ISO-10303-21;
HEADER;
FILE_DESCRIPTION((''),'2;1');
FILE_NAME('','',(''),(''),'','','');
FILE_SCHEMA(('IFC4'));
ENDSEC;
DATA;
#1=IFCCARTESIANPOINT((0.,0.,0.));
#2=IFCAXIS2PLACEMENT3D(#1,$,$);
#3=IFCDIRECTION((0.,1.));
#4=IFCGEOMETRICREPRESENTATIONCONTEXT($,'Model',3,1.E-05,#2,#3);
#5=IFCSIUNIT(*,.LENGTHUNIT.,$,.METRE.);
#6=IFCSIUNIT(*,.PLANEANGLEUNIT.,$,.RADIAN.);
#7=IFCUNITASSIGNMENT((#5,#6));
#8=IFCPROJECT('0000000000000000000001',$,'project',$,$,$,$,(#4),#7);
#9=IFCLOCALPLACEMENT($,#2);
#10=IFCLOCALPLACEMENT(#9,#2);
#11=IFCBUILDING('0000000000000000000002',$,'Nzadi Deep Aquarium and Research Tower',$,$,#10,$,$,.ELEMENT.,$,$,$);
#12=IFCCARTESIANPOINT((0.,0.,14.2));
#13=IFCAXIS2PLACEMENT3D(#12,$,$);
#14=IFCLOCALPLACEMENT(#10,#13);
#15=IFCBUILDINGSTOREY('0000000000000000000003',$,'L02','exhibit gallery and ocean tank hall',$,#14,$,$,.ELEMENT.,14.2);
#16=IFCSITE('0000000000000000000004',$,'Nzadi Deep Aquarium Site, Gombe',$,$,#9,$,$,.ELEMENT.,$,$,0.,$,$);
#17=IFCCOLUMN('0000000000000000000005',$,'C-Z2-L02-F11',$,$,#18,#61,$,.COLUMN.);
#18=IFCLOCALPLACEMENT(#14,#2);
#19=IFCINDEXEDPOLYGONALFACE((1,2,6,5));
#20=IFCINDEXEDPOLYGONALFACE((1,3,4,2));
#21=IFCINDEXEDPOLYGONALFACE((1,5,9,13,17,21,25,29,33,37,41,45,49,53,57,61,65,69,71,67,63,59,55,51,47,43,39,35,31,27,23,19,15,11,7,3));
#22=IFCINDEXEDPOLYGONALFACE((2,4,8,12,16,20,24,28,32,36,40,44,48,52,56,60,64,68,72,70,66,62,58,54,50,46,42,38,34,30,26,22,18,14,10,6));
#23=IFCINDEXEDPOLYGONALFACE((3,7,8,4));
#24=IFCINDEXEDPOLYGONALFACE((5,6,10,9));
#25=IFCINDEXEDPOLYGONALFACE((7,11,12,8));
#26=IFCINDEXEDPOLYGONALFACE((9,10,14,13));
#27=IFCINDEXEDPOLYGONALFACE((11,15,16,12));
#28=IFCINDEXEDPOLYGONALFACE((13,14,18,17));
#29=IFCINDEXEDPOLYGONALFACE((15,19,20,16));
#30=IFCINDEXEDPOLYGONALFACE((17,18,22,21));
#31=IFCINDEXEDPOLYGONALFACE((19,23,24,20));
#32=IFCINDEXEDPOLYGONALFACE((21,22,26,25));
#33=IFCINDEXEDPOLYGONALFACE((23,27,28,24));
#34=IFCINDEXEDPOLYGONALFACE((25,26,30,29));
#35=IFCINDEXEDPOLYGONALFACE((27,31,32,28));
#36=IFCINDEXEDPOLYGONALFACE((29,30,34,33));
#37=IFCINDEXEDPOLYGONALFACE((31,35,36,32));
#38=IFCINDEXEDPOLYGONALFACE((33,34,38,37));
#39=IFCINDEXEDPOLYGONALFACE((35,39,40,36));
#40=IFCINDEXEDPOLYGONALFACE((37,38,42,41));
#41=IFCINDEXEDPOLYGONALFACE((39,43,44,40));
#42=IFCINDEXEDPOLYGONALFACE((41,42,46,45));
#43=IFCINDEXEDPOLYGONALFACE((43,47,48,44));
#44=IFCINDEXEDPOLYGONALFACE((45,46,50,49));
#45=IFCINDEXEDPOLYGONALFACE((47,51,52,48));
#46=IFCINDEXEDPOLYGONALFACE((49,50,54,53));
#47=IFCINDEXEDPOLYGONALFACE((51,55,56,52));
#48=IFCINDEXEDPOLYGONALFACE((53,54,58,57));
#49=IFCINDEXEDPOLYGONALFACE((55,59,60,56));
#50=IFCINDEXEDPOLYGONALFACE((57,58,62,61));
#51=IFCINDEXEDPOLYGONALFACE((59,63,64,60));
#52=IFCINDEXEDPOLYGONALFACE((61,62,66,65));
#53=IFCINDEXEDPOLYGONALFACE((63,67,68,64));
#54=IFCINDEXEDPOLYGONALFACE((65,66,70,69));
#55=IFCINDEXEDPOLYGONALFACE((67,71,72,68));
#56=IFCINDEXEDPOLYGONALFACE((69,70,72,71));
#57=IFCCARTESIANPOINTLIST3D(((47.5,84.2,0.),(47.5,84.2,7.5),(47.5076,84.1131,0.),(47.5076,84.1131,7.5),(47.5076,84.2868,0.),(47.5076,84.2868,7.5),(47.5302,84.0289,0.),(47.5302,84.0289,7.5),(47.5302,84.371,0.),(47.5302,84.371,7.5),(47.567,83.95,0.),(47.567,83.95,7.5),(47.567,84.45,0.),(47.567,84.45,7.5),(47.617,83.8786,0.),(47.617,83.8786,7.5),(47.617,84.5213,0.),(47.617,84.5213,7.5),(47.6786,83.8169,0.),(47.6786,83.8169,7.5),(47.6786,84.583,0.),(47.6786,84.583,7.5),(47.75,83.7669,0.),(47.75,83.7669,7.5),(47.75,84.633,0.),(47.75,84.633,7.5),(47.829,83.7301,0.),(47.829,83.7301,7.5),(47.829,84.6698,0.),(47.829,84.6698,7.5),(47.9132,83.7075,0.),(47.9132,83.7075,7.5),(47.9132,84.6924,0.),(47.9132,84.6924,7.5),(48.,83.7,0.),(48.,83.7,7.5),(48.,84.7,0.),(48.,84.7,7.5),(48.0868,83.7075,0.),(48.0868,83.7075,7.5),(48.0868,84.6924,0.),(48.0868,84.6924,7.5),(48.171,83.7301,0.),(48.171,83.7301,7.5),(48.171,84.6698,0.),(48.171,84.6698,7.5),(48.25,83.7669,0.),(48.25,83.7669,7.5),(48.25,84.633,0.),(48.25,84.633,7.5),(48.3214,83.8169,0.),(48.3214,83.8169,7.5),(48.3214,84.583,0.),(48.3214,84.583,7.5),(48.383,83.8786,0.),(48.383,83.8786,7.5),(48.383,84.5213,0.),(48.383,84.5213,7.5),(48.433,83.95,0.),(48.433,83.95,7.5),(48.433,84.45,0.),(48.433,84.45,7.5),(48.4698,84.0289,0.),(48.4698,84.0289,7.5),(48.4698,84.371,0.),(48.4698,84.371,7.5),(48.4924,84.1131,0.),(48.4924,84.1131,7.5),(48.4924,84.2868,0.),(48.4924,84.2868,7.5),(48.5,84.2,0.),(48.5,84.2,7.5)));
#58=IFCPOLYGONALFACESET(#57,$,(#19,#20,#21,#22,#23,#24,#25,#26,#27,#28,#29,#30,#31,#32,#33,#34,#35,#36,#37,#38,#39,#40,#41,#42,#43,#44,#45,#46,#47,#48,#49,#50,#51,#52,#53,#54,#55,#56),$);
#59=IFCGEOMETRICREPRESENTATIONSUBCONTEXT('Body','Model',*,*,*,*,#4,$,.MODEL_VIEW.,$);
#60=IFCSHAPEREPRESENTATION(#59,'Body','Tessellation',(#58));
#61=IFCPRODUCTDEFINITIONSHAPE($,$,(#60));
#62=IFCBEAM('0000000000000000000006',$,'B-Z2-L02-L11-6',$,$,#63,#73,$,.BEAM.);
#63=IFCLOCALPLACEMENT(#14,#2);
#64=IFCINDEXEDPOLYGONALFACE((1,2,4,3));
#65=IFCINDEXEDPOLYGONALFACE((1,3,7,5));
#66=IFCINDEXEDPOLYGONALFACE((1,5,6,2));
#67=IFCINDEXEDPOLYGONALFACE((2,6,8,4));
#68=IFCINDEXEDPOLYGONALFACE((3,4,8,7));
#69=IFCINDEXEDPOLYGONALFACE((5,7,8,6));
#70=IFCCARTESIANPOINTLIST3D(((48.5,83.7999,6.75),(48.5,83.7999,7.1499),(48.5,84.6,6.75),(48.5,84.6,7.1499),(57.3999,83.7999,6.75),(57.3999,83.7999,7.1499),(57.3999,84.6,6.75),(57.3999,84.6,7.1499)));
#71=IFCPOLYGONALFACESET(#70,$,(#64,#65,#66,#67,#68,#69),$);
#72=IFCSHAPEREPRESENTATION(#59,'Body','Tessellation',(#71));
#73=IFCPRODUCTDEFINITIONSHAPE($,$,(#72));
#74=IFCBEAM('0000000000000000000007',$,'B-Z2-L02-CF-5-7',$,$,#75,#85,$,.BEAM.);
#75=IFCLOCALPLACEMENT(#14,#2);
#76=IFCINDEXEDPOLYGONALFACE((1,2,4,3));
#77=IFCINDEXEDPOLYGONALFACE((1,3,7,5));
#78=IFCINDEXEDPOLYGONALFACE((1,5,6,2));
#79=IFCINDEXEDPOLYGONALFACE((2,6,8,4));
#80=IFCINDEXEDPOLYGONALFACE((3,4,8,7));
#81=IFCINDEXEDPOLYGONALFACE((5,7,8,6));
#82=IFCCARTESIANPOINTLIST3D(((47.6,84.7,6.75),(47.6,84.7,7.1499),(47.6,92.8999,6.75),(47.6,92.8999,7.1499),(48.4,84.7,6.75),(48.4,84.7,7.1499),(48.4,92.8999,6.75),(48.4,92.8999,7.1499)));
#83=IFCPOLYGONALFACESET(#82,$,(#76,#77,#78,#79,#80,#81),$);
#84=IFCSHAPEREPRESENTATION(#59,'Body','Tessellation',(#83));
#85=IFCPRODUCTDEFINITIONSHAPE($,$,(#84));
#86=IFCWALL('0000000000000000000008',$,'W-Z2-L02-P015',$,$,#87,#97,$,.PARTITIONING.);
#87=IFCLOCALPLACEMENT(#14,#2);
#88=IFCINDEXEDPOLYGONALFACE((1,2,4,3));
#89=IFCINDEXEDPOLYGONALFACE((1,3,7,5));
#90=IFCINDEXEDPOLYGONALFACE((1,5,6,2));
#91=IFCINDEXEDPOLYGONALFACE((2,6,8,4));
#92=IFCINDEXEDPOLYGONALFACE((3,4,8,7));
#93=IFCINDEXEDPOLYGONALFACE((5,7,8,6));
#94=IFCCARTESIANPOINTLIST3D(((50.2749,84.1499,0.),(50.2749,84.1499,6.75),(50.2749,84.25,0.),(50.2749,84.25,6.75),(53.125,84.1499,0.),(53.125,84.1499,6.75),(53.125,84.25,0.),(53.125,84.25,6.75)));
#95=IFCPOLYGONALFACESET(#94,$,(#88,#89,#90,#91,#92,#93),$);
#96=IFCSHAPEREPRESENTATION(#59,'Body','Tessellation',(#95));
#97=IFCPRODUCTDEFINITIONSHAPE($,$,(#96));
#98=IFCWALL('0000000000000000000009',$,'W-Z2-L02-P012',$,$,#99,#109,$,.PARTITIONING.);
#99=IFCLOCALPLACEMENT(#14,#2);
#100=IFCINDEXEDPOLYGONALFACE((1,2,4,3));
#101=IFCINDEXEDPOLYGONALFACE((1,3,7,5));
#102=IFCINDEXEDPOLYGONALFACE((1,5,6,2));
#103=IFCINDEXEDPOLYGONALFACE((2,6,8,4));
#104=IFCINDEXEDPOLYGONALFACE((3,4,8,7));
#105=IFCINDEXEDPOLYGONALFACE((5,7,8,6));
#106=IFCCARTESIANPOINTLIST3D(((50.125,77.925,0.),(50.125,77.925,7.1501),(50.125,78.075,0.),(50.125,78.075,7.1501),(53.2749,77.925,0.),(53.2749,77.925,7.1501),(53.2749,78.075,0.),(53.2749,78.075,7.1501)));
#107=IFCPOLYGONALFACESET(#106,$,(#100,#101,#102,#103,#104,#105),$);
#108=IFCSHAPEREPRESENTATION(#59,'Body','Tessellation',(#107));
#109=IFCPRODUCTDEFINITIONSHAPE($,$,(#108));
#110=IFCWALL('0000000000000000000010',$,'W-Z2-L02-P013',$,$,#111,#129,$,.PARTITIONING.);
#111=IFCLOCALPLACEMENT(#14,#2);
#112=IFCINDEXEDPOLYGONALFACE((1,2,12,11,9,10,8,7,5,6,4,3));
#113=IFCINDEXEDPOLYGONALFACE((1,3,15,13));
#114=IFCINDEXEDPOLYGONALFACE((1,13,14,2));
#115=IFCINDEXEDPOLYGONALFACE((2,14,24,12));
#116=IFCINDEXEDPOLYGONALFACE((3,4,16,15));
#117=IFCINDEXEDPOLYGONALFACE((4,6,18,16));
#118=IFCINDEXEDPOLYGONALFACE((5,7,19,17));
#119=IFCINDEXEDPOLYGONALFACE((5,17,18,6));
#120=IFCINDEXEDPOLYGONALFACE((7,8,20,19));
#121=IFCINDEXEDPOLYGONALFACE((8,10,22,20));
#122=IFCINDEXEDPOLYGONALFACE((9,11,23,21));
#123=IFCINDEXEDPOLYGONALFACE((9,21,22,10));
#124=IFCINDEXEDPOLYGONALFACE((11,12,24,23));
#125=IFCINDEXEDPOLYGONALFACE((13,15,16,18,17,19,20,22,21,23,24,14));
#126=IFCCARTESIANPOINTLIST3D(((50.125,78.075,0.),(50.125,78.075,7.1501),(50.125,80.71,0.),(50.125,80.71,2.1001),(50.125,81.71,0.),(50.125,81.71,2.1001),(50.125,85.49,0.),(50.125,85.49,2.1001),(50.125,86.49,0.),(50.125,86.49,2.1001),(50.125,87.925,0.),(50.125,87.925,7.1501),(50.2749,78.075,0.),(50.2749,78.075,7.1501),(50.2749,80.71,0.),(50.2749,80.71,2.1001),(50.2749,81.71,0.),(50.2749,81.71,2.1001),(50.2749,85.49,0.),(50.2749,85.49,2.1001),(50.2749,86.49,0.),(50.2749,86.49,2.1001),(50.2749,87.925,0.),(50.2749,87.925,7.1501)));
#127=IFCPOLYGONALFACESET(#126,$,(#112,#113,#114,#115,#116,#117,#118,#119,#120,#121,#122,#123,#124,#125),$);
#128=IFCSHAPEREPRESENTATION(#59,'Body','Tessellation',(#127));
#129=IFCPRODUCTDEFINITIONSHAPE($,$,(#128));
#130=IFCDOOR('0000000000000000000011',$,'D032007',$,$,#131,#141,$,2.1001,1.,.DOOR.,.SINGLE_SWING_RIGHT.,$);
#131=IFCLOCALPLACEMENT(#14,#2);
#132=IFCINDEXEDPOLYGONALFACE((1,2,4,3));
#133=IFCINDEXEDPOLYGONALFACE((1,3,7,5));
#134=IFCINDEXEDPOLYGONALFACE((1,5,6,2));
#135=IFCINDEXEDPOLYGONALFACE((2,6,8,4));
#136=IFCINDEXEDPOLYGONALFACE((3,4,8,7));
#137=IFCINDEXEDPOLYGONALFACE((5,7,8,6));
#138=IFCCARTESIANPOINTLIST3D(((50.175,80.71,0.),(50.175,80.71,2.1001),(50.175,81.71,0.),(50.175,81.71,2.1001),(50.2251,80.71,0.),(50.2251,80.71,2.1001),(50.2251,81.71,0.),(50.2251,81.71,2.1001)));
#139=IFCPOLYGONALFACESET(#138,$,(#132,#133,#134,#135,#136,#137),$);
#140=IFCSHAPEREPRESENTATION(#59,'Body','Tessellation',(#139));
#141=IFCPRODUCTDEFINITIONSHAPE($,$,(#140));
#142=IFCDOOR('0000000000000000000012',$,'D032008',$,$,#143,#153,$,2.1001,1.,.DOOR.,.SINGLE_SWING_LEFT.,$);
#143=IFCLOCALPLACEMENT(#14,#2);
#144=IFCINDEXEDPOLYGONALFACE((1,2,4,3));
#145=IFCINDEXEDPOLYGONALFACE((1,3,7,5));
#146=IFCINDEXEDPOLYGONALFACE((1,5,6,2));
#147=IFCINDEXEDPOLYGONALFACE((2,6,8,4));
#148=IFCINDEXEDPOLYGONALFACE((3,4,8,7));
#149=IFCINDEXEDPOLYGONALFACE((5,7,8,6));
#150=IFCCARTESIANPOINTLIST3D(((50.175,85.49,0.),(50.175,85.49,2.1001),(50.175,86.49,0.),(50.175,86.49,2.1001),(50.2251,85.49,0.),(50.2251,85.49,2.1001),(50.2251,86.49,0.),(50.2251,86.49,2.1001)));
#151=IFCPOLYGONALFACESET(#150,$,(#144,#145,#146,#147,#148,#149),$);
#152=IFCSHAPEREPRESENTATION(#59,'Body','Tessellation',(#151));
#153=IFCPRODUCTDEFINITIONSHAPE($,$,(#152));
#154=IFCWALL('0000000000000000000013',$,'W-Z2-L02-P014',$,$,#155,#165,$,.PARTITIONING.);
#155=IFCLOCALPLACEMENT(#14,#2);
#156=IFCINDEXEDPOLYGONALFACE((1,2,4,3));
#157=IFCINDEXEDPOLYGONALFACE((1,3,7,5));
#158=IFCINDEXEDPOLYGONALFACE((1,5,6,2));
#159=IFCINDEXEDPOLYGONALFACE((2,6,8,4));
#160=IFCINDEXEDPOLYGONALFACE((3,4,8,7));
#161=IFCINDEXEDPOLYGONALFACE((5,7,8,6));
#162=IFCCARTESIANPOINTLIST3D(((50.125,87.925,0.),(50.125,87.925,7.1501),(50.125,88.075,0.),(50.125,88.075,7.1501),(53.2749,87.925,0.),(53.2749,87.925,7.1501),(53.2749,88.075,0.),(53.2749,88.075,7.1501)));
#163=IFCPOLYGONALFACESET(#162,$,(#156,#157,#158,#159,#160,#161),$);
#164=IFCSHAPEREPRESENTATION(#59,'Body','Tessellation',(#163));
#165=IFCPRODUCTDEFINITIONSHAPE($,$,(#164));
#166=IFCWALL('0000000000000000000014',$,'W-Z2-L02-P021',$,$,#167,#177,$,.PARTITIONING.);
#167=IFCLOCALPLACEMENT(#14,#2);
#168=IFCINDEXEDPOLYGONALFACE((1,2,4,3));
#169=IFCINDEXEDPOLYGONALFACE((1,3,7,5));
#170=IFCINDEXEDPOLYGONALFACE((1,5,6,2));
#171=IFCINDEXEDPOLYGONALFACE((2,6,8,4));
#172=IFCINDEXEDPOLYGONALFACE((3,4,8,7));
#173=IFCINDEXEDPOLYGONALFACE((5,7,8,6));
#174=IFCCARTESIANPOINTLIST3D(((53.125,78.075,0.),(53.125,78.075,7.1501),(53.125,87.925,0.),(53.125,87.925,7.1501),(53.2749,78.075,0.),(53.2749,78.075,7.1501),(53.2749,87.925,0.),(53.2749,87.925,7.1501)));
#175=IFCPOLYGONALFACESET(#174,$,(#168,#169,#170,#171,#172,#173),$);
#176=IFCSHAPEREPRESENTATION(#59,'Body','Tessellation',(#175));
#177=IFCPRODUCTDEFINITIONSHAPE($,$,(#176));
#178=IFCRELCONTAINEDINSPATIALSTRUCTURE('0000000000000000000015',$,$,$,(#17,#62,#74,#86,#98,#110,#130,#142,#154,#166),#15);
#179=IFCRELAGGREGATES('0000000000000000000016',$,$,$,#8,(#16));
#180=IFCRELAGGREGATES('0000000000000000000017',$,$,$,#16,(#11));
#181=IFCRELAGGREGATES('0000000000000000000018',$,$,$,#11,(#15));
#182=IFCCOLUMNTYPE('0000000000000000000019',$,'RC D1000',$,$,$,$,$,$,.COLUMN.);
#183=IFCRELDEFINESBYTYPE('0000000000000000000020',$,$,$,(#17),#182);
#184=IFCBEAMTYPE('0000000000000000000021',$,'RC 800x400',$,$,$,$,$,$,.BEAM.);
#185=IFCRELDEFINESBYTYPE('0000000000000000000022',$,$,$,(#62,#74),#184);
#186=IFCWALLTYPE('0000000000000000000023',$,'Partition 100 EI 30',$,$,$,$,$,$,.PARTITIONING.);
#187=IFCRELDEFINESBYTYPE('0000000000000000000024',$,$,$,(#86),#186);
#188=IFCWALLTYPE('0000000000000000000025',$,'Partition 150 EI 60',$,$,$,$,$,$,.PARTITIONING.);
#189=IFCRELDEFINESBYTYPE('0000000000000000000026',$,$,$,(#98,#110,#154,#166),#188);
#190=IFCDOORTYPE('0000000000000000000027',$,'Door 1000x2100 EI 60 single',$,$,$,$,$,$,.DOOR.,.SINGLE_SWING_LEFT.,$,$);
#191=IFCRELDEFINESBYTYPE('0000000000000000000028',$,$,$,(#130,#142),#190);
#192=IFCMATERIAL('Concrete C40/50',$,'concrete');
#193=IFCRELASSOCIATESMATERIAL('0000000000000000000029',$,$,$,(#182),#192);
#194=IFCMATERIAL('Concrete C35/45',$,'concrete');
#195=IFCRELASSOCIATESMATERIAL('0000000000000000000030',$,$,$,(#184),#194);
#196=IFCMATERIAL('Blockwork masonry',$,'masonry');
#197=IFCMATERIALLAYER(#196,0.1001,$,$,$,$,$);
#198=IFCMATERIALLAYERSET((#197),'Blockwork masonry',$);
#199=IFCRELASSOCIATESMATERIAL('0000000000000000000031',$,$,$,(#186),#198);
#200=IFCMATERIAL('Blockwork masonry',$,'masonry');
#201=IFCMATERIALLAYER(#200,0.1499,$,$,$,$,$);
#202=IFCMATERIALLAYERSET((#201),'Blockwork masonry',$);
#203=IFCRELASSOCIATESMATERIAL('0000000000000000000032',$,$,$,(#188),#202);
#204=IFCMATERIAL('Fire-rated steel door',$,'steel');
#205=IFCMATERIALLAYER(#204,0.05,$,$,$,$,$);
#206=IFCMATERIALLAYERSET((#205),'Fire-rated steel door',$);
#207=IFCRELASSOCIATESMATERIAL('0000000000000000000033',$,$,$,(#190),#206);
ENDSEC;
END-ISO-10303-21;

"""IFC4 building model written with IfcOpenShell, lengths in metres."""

from ifc_helpers import new_model, si_unit, direction, frame, frame_2d, origin, origin_2d, place, context, subcontext, project, spatial, rectangle, circle, extrude, material, layer, layer_set, material_profile, profile_set, type_object, element, fill, save


model = new_model("IFC4")

# Units and contexts
model_context = context("Model", 3, precision=1e-05, world=origin(), true_north=direction((0.0, 1.0)))
body_context = subcontext(model_context, "Body", "Model", "MODEL_VIEW")
ifc_project = project(units=[si_unit("LENGTHUNIT", "METRE"), si_unit("PLANEANGLEUNIT", "RADIAN")], contexts=[model_context])

# Site, building, storey
site_placement = place(None, origin())
site = spatial("IfcSite", under=ifc_project, at=site_placement, Name="Nzadi Deep Aquarium Site, Gombe", CompositionType="ELEMENT", RefElevation=0.0)
building_placement = place(site_placement, origin())
building = spatial("IfcBuilding", under=site, at=building_placement, Name="Nzadi Deep Aquarium and Research Tower", CompositionType="ELEMENT")
storey_placement = place(building_placement, frame((0.0, 0.0, 14.2)))
storey = spatial("IfcBuildingStorey", under=building, at=storey_placement, Name="L02", Description="exhibit gallery and ocean tank hall", CompositionType="ELEMENT", Elevation=14.2)

# Column
ifc_material_1 = material(Name="Concrete C40/50", Category="concrete")
ifc_material_profile_1 = material_profile(ifc_material_1, circle(Radius=0.5, at=origin_2d()))
ifc_profile_set_1 = profile_set([ifc_material_profile_1], Name="Concrete C40/50")
column_type = type_object("IfcColumnType", Name="RC D1000", PredefinedType="COLUMN", material=ifc_profile_set_1)
column_placement = place(storey_placement, frame((48.0, 84.2, 0.0), z_axis=(0.0, 0.0, 1.0), x_axis=(1.0, 0.0, 0.0)))
element("IfcColumn", 1, at=column_placement, inside=storey, type_object=column_type, Name="C-Z2-L02-F11", PredefinedType="COLUMN", context=body_context, shape_type="SweptSolid", body=[
    extrude(circle(Radius=0.5, at=origin_2d()), origin(), (0.0, 0.0, 1.0), 7.5),
])

# Beams
ifc_material_2 = material(Name="Concrete C35/45", Category="concrete")
ifc_material_profile_2 = material_profile(ifc_material_2, rectangle(XDim=0.8, YDim=0.3999, at=origin_2d()))
ifc_profile_set_2 = profile_set([ifc_material_profile_2], Name="Concrete C35/45")
beam_type = type_object("IfcBeamType", Name="RC 800x400", PredefinedType="BEAM", material=ifc_profile_set_2)
beam_1_placement = place(storey_placement, frame((48.5, 84.2, 6.95), z_axis=(1.0, 0.0, 0.0), x_axis=(0.0, 1.0, 0.0)))
element("IfcBeam", 2, at=beam_1_placement, inside=storey, type_object=beam_type, Name="B-Z2-L02-L11-6", PredefinedType="BEAM", context=body_context, shape_type="SweptSolid", body=[
    extrude(rectangle(XDim=0.8, YDim=0.3999, at=origin_2d()), origin(), (0.0, 0.0, 1.0), 8.8999),
])
beam_2_placement = place(storey_placement, frame((48.0, 84.7, 6.95), z_axis=(0.0, 1.0, 0.0), x_axis=(-1.0, 0.0, 0.0)))
element("IfcBeam", 3, at=beam_2_placement, inside=storey, type_object=beam_type, Name="B-Z2-L02-CF-5-7", PredefinedType="BEAM", context=body_context, shape_type="SweptSolid", body=[
    extrude(rectangle(XDim=0.8, YDim=0.3999, at=origin_2d()), origin(), (0.0, 0.0, 1.0), 8.2),
])

# Walls
ifc_material_3 = material(Name="Blockwork masonry", Category="masonry")
ifc_layer_1 = layer(ifc_material_3, 0.1001)
ifc_layer_set_1 = layer_set([ifc_layer_1], Name="Blockwork masonry")
wall_type_1 = type_object("IfcWallType", Name="Partition 100 EI 30", PredefinedType="PARTITIONING", material=ifc_layer_set_1)
wall_1_placement = place(storey_placement, frame((50.2749, 84.2, 0.0), z_axis=(0.0, 0.0, 1.0), x_axis=(1.0, 0.0, 0.0)))
element("IfcWall", 4, at=wall_1_placement, inside=storey, type_object=wall_type_1, Name="W-Z2-L02-P015", PredefinedType="PARTITIONING", context=body_context, shape_type="SweptSolid", body=[
    extrude(rectangle(XDim=2.8501, YDim=0.1001, at=frame_2d((1.425, 0.0))), origin(), (0.0, 0.0, 1.0), 6.75),
])
ifc_material_4 = material(Name="Blockwork masonry", Category="masonry")
ifc_layer_2 = layer(ifc_material_4, 0.1499)
ifc_layer_set_2 = layer_set([ifc_layer_2], Name="Blockwork masonry")
wall_type_2 = type_object("IfcWallType", Name="Partition 150 EI 60", PredefinedType="PARTITIONING", material=ifc_layer_set_2)
wall_2_placement = place(storey_placement, frame((50.125, 78.0, 0.0), z_axis=(0.0, 0.0, 1.0), x_axis=(1.0, 0.0, 0.0)))
element("IfcWall", 5, at=wall_2_placement, inside=storey, type_object=wall_type_2, Name="W-Z2-L02-P012", PredefinedType="PARTITIONING", context=body_context, shape_type="SweptSolid", body=[
    extrude(rectangle(XDim=3.1499, YDim=0.1499, at=frame_2d((1.575, 0.0))), origin(), (0.0, 0.0, 1.0), 7.1501),
])

# Wall, openings, doors
wall_3_placement = place(storey_placement, frame((50.2, 78.075, 0.0), z_axis=(0.0, 0.0, 1.0), x_axis=(0.0, 1.0, 0.0)))
wall_3 = element("IfcWall", 6, at=wall_3_placement, inside=storey, type_object=wall_type_2, Name="W-Z2-L02-P013", PredefinedType="PARTITIONING", context=body_context, shape_type="SweptSolid", body=[
    extrude(rectangle(XDim=9.8501, YDim=0.1499, at=frame_2d((4.925, 0.0))), origin(), (0.0, 0.0, 1.0), 7.1501),
])
opening_1_placement = place(wall_3_placement, frame((2.635, 0.0, 0.0)))
opening_1 = element("IfcOpeningElement", 7, at=opening_1_placement, cuts=wall_3, PredefinedType="OPENING", context=body_context, shape_type="SweptSolid", body=[
    extrude(rectangle(XDim=1.0, YDim=2.1001, at=frame_2d((0.5, 1.05))), frame((0.0, 0.085, 0.0), z_axis=(0.0, -1.0, 0.0), x_axis=(1.0, 0.0, 0.0)), (0.0, 0.0, 1.0), 0.1699),
])
opening_2_placement = place(wall_3_placement, frame((7.415, 0.0, 0.0)))
opening_2 = element("IfcOpeningElement", 8, at=opening_2_placement, cuts=wall_3, PredefinedType="OPENING", context=body_context, shape_type="SweptSolid", body=[
    extrude(rectangle(XDim=1.0, YDim=2.1001, at=frame_2d((0.5, 1.05))), frame((0.0, 0.085, 0.0), z_axis=(0.0, -1.0, 0.0), x_axis=(1.0, 0.0, 0.0)), (0.0, 0.0, 1.0), 0.1699),
])
ifc_material_5 = material(Name="Fire-rated steel door", Category="steel")
ifc_layer_3 = layer(ifc_material_5, 0.05)
ifc_layer_set_3 = layer_set([ifc_layer_3], Name="Fire-rated steel door")
door_type_1 = type_object("IfcDoorType", Name="Door 1000x2100 EI 60 single", OperationType="SINGLE_SWING_LEFT", PredefinedType="DOOR", material=ifc_layer_set_3)
door_1_placement = place(opening_1_placement, origin())
door_1 = element("IfcDoor", 9, at=door_1_placement, inside=storey, type_object=door_type_1, Name="D032007", OperationType="SINGLE_SWING_RIGHT", OverallHeight=2.1001, OverallWidth=1.0, PredefinedType="DOOR", context=body_context, shape_type="SweptSolid", body=[
    extrude(rectangle(XDim=1.0, YDim=2.1001, at=frame_2d((0.5, 1.05))), frame((0.0, 0.0249, 0.0), z_axis=(0.0, -1.0, 0.0), x_axis=(1.0, 0.0, 0.0)), (0.0, 0.0, 1.0), 0.05),
])
fill(opening_1, door_1)
door_2_placement = place(opening_2_placement, origin())
door_2 = element("IfcDoor", 10, at=door_2_placement, inside=storey, type_object=door_type_1, Name="D032008", OperationType="SINGLE_SWING_LEFT", OverallHeight=2.1001, OverallWidth=1.0, PredefinedType="DOOR", context=body_context, shape_type="SweptSolid", body=[
    extrude(rectangle(XDim=1.0, YDim=2.1001, at=frame_2d((0.5, 1.05))), frame((0.0, 0.0249, 0.0), z_axis=(0.0, -1.0, 0.0), x_axis=(1.0, 0.0, 0.0)), (0.0, 0.0, 1.0), 0.05),
])
fill(opening_2, door_2)

# Walls
wall_4_placement = place(storey_placement, frame((50.125, 88.0, 0.0), z_axis=(0.0, 0.0, 1.0), x_axis=(1.0, 0.0, 0.0)))
element("IfcWall", 11, at=wall_4_placement, inside=storey, type_object=wall_type_2, Name="W-Z2-L02-P014", PredefinedType="PARTITIONING", context=body_context, shape_type="SweptSolid", body=[
    extrude(rectangle(XDim=3.1499, YDim=0.1499, at=frame_2d((1.575, 0.0))), origin(), (0.0, 0.0, 1.0), 7.1501),
])
wall_5_placement = place(storey_placement, frame((53.2, 78.075, 0.0), z_axis=(0.0, 0.0, 1.0), x_axis=(0.0, 1.0, 0.0)))
element("IfcWall", 12, at=wall_5_placement, inside=storey, type_object=wall_type_2, Name="W-Z2-L02-P021", PredefinedType="PARTITIONING", context=body_context, shape_type="SweptSolid", body=[
    extrude(rectangle(XDim=9.8501, YDim=0.1499, at=frame_2d((4.925, 0.0))), origin(), (0.0, 0.0, 1.0), 7.1501),
])

save(model, "model.ifc")
